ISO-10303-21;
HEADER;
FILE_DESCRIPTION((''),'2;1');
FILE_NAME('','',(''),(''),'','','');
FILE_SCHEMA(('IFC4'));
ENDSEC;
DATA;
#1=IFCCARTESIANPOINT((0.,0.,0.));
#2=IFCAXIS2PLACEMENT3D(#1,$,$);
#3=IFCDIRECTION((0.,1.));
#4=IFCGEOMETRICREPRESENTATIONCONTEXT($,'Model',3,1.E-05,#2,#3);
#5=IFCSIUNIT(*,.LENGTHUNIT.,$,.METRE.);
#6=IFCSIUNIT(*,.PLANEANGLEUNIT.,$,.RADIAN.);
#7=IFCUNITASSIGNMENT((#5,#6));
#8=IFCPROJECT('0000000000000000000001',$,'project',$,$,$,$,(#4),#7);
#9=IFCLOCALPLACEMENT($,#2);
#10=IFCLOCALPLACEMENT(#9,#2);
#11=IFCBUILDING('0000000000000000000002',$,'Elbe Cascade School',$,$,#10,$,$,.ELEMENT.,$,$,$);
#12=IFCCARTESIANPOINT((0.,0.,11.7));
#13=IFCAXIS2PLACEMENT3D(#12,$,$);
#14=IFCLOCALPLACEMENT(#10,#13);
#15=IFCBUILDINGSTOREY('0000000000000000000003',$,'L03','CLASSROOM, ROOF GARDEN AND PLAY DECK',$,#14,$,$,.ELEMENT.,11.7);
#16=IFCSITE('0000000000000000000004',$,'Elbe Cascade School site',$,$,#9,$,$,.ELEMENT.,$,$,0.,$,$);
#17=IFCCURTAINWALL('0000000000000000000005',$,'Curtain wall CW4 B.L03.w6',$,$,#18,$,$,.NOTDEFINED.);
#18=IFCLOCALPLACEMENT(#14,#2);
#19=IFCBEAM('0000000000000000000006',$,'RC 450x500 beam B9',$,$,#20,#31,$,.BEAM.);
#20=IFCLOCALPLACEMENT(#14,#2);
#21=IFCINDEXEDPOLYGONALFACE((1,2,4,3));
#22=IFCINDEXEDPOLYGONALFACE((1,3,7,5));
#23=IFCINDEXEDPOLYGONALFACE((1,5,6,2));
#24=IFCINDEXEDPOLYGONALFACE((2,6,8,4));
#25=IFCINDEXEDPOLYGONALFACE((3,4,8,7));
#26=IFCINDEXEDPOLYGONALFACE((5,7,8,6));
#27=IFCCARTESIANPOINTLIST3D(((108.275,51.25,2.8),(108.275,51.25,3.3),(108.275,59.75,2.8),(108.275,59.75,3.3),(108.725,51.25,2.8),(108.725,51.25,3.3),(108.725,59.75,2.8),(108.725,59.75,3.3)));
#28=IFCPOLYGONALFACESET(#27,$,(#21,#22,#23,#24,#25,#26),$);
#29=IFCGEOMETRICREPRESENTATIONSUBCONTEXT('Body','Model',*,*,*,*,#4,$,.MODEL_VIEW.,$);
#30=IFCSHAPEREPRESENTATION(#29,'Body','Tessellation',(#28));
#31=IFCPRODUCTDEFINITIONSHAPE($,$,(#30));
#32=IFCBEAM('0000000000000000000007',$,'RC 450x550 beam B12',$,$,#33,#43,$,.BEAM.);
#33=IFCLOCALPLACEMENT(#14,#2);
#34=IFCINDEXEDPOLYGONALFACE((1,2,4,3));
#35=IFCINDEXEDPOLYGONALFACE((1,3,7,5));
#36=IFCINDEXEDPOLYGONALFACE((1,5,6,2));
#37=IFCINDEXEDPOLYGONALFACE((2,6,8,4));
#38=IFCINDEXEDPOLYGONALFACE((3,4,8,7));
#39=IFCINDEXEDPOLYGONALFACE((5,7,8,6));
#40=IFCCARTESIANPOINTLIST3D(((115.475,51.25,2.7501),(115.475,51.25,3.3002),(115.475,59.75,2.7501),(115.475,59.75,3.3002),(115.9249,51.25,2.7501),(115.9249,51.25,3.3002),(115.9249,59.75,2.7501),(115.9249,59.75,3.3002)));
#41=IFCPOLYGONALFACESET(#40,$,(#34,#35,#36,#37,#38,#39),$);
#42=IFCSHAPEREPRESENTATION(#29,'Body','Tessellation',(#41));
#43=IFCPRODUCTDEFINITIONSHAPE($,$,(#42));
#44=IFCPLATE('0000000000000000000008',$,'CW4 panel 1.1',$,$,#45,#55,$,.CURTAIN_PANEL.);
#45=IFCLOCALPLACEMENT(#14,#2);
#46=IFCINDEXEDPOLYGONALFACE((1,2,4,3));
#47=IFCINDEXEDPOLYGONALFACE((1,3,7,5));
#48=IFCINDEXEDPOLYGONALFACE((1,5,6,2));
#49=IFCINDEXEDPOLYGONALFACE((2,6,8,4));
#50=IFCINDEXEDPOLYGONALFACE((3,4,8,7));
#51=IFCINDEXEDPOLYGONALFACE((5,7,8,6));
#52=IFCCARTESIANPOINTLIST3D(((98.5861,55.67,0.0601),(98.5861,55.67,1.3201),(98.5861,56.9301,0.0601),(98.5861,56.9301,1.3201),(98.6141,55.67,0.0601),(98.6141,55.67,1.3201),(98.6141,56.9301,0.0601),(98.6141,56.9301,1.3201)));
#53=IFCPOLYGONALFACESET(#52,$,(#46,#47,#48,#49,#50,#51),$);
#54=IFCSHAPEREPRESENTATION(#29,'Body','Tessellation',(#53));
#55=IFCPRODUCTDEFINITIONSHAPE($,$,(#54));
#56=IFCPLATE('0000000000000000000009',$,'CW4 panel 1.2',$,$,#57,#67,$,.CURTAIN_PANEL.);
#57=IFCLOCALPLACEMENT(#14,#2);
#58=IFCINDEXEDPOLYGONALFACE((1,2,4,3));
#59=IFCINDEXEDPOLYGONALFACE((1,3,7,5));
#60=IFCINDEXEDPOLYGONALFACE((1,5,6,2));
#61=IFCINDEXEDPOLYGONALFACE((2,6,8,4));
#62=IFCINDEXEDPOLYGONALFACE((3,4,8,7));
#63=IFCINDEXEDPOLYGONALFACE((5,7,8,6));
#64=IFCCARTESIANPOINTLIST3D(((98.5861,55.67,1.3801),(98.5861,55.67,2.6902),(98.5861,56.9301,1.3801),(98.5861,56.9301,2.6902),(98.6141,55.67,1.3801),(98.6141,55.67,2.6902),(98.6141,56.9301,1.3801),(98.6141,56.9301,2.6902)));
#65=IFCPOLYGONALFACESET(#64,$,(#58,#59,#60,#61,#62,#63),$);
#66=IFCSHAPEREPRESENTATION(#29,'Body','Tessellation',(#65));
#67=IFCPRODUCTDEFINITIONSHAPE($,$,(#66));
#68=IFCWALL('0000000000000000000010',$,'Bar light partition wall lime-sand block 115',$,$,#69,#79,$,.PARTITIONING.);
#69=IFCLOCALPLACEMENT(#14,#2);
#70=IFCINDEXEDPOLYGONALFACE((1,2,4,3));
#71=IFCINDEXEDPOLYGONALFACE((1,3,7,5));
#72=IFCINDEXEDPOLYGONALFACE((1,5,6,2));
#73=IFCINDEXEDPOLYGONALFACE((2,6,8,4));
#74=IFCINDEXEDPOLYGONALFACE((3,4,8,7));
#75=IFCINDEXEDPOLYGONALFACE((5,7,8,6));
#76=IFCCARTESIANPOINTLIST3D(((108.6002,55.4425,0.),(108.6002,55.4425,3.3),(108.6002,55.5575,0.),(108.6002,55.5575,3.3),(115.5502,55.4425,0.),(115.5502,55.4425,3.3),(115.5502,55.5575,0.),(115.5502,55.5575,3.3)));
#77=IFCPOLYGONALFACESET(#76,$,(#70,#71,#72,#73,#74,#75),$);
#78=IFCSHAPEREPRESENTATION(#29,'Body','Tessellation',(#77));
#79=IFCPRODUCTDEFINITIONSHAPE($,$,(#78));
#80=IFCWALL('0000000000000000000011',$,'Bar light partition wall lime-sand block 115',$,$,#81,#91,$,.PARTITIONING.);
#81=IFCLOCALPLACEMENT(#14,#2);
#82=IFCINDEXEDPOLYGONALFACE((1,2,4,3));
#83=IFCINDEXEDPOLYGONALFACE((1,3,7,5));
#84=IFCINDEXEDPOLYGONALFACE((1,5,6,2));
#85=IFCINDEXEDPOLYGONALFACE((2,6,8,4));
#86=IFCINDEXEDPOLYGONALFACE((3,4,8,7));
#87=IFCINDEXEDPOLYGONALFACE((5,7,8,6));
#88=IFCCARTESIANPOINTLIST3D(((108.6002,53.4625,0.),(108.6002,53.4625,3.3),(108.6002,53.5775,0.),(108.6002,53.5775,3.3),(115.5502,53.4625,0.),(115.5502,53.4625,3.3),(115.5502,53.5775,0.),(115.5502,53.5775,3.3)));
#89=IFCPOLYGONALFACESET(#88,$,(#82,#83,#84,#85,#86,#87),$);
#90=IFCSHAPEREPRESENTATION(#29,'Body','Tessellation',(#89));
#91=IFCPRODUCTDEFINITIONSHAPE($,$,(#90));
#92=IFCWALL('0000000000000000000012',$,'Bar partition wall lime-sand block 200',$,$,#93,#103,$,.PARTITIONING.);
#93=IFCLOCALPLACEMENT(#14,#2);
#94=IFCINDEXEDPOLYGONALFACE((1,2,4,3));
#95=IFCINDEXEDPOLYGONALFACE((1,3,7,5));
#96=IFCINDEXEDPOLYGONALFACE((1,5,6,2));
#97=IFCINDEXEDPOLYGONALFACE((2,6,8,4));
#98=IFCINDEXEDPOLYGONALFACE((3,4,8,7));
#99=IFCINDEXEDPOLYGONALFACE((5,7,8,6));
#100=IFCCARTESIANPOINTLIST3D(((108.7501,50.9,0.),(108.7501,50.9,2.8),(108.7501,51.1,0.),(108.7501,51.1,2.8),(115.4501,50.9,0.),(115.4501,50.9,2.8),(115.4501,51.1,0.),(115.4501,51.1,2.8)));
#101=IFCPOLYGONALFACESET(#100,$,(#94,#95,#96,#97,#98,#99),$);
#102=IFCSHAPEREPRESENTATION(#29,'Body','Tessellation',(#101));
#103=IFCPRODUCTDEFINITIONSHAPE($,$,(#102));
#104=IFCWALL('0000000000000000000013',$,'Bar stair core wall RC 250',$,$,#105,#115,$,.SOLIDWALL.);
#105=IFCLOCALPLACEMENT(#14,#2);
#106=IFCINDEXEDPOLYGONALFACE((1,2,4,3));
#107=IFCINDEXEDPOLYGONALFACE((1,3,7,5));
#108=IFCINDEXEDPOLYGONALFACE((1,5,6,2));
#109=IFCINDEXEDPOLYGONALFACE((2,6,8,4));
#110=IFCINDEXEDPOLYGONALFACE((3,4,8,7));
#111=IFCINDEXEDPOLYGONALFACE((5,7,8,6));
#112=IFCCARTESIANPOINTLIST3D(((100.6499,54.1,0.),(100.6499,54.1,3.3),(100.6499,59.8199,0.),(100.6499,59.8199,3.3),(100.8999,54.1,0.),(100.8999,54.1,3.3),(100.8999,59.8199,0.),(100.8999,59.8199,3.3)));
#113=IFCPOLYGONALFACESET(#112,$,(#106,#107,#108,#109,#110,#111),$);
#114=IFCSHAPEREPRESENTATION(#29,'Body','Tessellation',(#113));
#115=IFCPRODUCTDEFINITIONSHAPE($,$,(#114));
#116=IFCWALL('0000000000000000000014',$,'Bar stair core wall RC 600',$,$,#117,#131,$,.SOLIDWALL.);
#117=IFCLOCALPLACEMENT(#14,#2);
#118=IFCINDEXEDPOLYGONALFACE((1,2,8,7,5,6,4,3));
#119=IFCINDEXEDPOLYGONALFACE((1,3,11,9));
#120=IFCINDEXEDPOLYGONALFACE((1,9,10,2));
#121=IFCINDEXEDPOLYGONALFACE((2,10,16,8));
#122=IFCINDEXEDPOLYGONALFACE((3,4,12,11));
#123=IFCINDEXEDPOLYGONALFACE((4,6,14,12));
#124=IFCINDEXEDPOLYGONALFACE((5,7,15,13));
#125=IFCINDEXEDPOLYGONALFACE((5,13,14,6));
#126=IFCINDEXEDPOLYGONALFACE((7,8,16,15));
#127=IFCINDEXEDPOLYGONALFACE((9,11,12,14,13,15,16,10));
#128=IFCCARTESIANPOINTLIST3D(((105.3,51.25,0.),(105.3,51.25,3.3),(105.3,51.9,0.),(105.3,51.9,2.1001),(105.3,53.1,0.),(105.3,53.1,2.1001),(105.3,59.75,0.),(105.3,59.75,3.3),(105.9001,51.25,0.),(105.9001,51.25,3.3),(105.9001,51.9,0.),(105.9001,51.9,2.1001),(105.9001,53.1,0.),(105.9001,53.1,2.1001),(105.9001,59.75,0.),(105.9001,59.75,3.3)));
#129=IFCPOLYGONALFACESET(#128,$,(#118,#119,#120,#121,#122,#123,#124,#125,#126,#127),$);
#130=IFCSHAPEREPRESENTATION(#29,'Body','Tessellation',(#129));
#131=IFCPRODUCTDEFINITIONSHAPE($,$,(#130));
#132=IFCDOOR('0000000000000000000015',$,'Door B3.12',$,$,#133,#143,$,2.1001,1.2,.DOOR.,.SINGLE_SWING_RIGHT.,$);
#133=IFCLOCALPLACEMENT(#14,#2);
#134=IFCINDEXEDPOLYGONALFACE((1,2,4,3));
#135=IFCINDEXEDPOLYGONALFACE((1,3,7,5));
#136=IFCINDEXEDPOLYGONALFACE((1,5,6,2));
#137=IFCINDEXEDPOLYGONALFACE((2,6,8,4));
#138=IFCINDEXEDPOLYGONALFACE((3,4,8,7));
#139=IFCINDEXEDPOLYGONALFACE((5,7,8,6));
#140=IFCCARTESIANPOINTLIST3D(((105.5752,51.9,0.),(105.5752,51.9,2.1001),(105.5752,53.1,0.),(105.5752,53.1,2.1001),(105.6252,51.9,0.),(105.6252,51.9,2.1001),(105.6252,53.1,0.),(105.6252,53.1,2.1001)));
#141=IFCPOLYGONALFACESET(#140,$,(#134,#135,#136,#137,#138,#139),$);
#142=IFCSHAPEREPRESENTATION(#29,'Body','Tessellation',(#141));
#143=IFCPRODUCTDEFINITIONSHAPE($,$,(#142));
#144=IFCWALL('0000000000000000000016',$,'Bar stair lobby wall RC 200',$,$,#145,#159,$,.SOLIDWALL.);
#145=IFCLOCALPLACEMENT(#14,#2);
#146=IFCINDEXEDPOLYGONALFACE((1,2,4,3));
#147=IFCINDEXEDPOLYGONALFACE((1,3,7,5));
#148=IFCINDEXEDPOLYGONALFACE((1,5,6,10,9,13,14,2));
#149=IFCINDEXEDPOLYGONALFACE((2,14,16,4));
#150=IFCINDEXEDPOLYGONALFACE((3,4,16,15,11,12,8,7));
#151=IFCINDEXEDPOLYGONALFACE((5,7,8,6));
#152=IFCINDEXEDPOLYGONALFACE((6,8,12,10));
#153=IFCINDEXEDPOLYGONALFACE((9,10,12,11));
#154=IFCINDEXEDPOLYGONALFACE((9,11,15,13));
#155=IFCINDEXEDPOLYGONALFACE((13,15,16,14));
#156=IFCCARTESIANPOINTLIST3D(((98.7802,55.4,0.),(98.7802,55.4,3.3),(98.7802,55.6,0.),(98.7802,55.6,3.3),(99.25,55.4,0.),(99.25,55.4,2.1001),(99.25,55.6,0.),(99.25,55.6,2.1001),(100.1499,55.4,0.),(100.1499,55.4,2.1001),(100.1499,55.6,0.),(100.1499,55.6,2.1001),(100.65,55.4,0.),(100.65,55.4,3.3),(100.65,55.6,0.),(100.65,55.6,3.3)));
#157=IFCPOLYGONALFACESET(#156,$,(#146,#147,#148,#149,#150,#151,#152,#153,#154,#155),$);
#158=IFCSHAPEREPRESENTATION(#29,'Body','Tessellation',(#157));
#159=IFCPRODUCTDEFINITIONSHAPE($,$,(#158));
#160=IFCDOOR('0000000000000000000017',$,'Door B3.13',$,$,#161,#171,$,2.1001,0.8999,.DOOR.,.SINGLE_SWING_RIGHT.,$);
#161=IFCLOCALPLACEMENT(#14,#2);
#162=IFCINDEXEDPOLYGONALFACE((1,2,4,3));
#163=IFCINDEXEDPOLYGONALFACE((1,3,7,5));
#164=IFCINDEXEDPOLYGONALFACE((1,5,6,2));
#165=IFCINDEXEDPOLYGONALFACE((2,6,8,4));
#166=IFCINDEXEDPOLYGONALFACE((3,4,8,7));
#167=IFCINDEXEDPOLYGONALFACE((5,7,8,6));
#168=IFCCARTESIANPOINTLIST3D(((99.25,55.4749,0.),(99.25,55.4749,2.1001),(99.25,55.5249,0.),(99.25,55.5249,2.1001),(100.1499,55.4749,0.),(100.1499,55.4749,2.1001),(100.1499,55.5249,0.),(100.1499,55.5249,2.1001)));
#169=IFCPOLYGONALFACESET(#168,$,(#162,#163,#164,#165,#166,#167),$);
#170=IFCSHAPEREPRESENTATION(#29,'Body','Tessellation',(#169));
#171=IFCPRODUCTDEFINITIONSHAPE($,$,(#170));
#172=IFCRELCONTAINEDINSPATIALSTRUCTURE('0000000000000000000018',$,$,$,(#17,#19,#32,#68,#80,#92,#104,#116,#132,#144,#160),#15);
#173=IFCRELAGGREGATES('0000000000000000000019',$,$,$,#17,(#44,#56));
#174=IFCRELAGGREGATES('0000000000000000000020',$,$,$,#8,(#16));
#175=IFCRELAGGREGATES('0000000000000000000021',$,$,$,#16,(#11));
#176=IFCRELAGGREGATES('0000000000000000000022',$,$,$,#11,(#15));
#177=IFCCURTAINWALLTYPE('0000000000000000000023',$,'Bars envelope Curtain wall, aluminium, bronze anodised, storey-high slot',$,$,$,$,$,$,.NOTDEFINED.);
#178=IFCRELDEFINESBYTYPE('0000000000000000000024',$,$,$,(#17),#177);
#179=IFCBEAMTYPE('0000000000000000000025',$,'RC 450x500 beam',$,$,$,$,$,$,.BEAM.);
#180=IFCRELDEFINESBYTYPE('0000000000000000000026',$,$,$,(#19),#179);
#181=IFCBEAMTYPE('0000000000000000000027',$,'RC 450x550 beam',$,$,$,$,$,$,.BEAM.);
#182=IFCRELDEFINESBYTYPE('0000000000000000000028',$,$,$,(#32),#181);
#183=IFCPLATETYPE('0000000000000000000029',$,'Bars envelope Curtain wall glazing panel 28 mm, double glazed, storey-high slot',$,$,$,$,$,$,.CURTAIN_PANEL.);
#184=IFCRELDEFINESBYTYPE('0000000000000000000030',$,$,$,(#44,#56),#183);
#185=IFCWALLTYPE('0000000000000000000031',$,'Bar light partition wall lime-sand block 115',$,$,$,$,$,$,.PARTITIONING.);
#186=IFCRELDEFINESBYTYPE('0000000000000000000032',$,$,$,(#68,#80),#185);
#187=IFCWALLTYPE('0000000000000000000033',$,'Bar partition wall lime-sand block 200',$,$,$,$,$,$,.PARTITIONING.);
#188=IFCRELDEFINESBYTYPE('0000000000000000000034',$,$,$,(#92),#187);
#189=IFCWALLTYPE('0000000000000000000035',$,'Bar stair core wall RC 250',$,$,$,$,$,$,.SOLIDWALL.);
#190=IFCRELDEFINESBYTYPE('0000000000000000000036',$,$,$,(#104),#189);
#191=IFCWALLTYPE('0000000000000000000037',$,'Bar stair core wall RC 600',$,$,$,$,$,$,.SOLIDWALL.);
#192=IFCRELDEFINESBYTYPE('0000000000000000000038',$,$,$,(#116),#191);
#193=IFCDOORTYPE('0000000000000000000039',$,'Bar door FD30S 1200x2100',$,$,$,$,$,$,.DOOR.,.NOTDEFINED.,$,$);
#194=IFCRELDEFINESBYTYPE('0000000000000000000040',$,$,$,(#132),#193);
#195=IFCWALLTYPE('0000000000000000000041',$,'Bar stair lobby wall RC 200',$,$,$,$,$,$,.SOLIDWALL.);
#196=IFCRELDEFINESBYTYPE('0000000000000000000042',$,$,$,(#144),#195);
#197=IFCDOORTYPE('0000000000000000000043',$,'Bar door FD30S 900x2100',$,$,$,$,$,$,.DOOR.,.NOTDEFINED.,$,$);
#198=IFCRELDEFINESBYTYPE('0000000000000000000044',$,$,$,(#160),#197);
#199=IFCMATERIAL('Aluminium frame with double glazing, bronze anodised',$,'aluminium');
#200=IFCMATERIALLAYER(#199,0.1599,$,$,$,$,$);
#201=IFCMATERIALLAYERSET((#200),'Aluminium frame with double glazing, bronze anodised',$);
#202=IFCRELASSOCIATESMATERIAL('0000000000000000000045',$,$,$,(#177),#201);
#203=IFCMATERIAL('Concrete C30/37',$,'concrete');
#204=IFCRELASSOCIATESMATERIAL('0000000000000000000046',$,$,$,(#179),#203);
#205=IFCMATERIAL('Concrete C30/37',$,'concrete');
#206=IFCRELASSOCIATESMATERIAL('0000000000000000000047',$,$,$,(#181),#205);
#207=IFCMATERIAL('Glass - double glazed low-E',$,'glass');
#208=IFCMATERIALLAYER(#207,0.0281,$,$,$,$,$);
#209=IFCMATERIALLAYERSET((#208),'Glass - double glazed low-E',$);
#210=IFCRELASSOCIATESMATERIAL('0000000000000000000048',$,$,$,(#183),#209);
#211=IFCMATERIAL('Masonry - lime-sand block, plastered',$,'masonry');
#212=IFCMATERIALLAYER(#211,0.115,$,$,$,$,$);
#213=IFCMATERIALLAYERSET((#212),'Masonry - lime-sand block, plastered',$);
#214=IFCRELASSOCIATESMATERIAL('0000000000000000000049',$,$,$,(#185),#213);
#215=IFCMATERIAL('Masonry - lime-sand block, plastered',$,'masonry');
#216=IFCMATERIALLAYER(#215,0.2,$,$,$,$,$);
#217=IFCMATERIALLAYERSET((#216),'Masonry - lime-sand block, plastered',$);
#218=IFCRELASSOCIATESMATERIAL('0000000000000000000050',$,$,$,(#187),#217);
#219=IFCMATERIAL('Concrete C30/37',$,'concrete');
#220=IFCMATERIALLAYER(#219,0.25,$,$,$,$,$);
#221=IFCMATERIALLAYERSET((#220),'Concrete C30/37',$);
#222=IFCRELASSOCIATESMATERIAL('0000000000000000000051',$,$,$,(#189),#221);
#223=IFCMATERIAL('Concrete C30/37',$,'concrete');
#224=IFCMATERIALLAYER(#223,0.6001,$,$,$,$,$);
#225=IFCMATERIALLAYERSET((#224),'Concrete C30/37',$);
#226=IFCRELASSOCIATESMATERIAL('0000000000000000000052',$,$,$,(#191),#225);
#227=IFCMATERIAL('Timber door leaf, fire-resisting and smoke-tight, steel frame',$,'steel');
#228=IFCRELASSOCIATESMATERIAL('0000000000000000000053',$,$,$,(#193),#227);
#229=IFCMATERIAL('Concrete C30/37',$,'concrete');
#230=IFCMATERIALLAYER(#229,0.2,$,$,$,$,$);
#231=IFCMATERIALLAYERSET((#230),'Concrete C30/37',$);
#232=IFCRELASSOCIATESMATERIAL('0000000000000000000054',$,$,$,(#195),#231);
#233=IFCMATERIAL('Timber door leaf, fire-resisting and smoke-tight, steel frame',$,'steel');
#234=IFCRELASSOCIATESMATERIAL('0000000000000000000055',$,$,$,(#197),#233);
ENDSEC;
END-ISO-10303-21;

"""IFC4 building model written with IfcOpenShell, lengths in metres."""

from ifc_helpers import new_model, si_unit, direction, frame, frame_2d, origin, origin_2d, place, context, subcontext, project, spatial, rectangle, extrude, material, layer, layer_set, material_profile, profile_set, type_object, element, fill, aggregate, save


model = new_model("IFC4")

# Units and contexts
model_context = context("Model", 3, precision=1e-05, world=origin(), true_north=direction((0.0, 1.0)))
body_context = subcontext(model_context, "Body", "Model", "MODEL_VIEW")
ifc_project = project(units=[si_unit("LENGTHUNIT", "METRE"), si_unit("PLANEANGLEUNIT", "RADIAN")], contexts=[model_context])

# Site, building, storey
site_placement = place(None, origin())
site = spatial("IfcSite", under=ifc_project, at=site_placement, Name="Elbe Cascade School site", CompositionType="ELEMENT", RefElevation=0.0)
building_placement = place(site_placement, origin())
building = spatial("IfcBuilding", under=site, at=building_placement, Name="Elbe Cascade School", CompositionType="ELEMENT")
storey_placement = place(building_placement, frame((0.0, 0.0, 11.7)))
storey = spatial("IfcBuildingStorey", under=building, at=storey_placement, Name="L03", Description="CLASSROOM, ROOF GARDEN AND PLAY DECK", CompositionType="ELEMENT", Elevation=11.7)

# Curtain wall
ifc_material_1 = material(Name="Aluminium frame with double glazing, bronze anodised", Category="aluminium")
ifc_layer_1 = layer(ifc_material_1, 0.1599)
ifc_layer_set_1 = layer_set([ifc_layer_1], Name="Aluminium frame with double glazing, bronze anodised")
curtain_wall_type = type_object("IfcCurtainWallType", Name="Bars envelope Curtain wall, aluminium, bronze anodised, storey-high slot", PredefinedType="NOTDEFINED", material=ifc_layer_set_1)
curtain_wall_placement = place(storey_placement, origin())
curtain_wall = element("IfcCurtainWall", 1, at=curtain_wall_placement, inside=storey, type_object=curtain_wall_type, Name="Curtain wall CW4 B.L03.w6", PredefinedType="NOTDEFINED")

# Beams
ifc_material_2 = material(Name="Concrete C30/37", Category="concrete")
ifc_material_profile_1 = material_profile(ifc_material_2, rectangle(XDim=0.45, YDim=0.5, at=origin_2d()), Name="RC 450x500")
ifc_profile_set_1 = profile_set([ifc_material_profile_1], Name="Concrete C30/37")
beam_type_1 = type_object("IfcBeamType", Name="RC 450x500 beam", PredefinedType="BEAM", material=ifc_profile_set_1)
for number, where, z_axis, x_axis, name in (
    (2, (108.5, 51.25, 3.05), (0.0, 1.0, 0.0), (-1.0, 0.0, 0.0), "RC 450x500 beam B9"),
):
    element("IfcBeam", number, at=place(storey_placement, frame(where, z_axis=z_axis, x_axis=x_axis)), inside=storey, type_object=beam_type_1, Name=name, PredefinedType="BEAM", context=body_context, shape_type="SweptSolid", body=[
        extrude(rectangle(XDim=0.45, YDim=0.5, at=origin_2d()), origin(), (0.0, 0.0, 1.0), 8.5),
    ])
ifc_material_3 = material(Name="Concrete C30/37", Category="concrete")
ifc_material_profile_2 = material_profile(ifc_material_3, rectangle(XDim=0.45, YDim=0.55, at=origin_2d()), Name="RC 450x550")
ifc_profile_set_2 = profile_set([ifc_material_profile_2], Name="Concrete C30/37")
beam_type_2 = type_object("IfcBeamType", Name="RC 450x550 beam", PredefinedType="BEAM", material=ifc_profile_set_2)
beam_1_placement = place(storey_placement, frame((115.7, 51.25, 3.0251), z_axis=(0.0, 1.0, 0.0), x_axis=(-1.0, 0.0, 0.0)))
element("IfcBeam", 3, at=beam_1_placement, inside=storey, type_object=beam_type_2, Name="RC 450x550 beam B12", PredefinedType="BEAM", context=body_context, shape_type="SweptSolid", body=[
    extrude(rectangle(XDim=0.45, YDim=0.55, at=origin_2d()), origin(), (0.0, 0.0, 1.0), 8.5),
])

# Plates
ifc_material_4 = material(Name="Glass - double glazed low-E", Category="glass")
ifc_layer_2 = layer(ifc_material_4, 0.0281)
ifc_layer_set_2 = layer_set([ifc_layer_2], Name="Glass - double glazed low-E")
plate_type = type_object("IfcPlateType", Name="Bars envelope Curtain wall glazing panel 28 mm, double glazed, storey-high slot", PredefinedType="CURTAIN_PANEL", material=ifc_layer_set_2)
plate_1_placement = place(storey_placement, frame((98.6001, 56.3, 0.0601), z_axis=(0.0, 0.0, 1.0), x_axis=(0.0, 1.0, 0.0)))
plate_1 = element("IfcPlate", 4, at=plate_1_placement, type_object=plate_type, Name="CW4 panel 1.1", PredefinedType="CURTAIN_PANEL", context=body_context, shape_type="SweptSolid", body=[
    extrude(rectangle(XDim=1.26, YDim=0.0281, at=origin_2d()), origin(), (0.0, 0.0, 1.0), 1.26),
])
plate_2_placement = place(storey_placement, frame((98.6001, 56.3, 1.3801), z_axis=(0.0, 0.0, 1.0), x_axis=(0.0, 1.0, 0.0)))
plate_2 = element("IfcPlate", 5, at=plate_2_placement, type_object=plate_type, Name="CW4 panel 1.2", PredefinedType="CURTAIN_PANEL", context=body_context, shape_type="SweptSolid", body=[
    extrude(rectangle(XDim=1.26, YDim=0.0281, at=origin_2d()), origin(), (0.0, 0.0, 1.0), 1.3101),
])
aggregate(curtain_wall, [plate_1, plate_2])

# Walls
ifc_material_5 = material(Name="Masonry - lime-sand block, plastered", Category="masonry")
ifc_layer_3 = layer(ifc_material_5, 0.115)
ifc_layer_set_3 = layer_set([ifc_layer_3], Name="Masonry - lime-sand block, plastered")
wall_type_1 = type_object("IfcWallType", Name="Bar light partition wall lime-sand block 115", PredefinedType="PARTITIONING", material=ifc_layer_set_3)
for number, where, z_axis, x_axis, name in (
    (6, (108.6001, 55.5, 0.0), (0.0, 0.0, 1.0), (1.0, 0.0, 0.0), "Bar light partition wall lime-sand block 115"),
    (7, (108.6001, 53.52, 0.0), (0.0, 0.0, 1.0), (1.0, 0.0, 0.0), "Bar light partition wall lime-sand block 115"),
):
    element("IfcWall", number, at=place(storey_placement, frame(where, z_axis=z_axis, x_axis=x_axis)), inside=storey, type_object=wall_type_1, Name=name, PredefinedType="PARTITIONING", context=body_context, shape_type="SweptSolid", body=[
        extrude(rectangle(XDim=6.95, YDim=0.115, at=frame_2d((3.4751, 0.0))), origin(), (0.0, 0.0, 1.0), 3.3),
    ])
ifc_material_6 = material(Name="Masonry - lime-sand block, plastered", Category="masonry")
ifc_layer_4 = layer(ifc_material_6, 0.2)
ifc_layer_set_4 = layer_set([ifc_layer_4], Name="Masonry - lime-sand block, plastered")
wall_type_2 = type_object("IfcWallType", Name="Bar partition wall lime-sand block 200", PredefinedType="PARTITIONING", material=ifc_layer_set_4)
wall_1_placement = place(storey_placement, frame((108.75, 51.0, 0.0), z_axis=(0.0, 0.0, 1.0), x_axis=(1.0, 0.0, 0.0)))
element("IfcWall", 8, at=wall_1_placement, inside=storey, type_object=wall_type_2, Name="Bar partition wall lime-sand block 200", PredefinedType="PARTITIONING", context=body_context, shape_type="SweptSolid", body=[
    extrude(rectangle(XDim=6.7, YDim=0.2, at=frame_2d((3.3501, 0.0))), origin(), (0.0, 0.0, 1.0), 2.8),
])
ifc_material_7 = material(Name="Concrete C30/37", Category="concrete")
ifc_layer_5 = layer(ifc_material_7, 0.25)
ifc_layer_set_5 = layer_set([ifc_layer_5], Name="Concrete C30/37")
wall_type_3 = type_object("IfcWallType", Name="Bar stair core wall RC 250", PredefinedType="SOLIDWALL", material=ifc_layer_set_5)
wall_2_placement = place(storey_placement, frame((100.7749, 54.1001, 0.0), z_axis=(0.0, 0.0, 1.0), x_axis=(0.0, 1.0, 0.0)))
element("IfcWall", 9, at=wall_2_placement, inside=storey, type_object=wall_type_3, Name="Bar stair core wall RC 250", PredefinedType="SOLIDWALL", context=body_context, shape_type="SweptSolid", body=[
    extrude(rectangle(XDim=5.72, YDim=0.25, at=frame_2d((2.8599, 0.0))), origin(), (0.0, 0.0, 1.0), 3.3),
])

# Walls, openings, doors
ifc_material_8 = material(Name="Concrete C30/37", Category="concrete")
ifc_layer_6 = layer(ifc_material_8, 0.6001)
ifc_layer_set_6 = layer_set([ifc_layer_6], Name="Concrete C30/37")
wall_type_4 = type_object("IfcWallType", Name="Bar stair core wall RC 600", PredefinedType="SOLIDWALL", material=ifc_layer_set_6)
wall_3_placement = place(storey_placement, frame((105.6001, 51.25, 0.0), z_axis=(0.0, 0.0, 1.0), x_axis=(0.0, 1.0, 0.0)))
wall_3 = element("IfcWall", 10, at=wall_3_placement, inside=storey, type_object=wall_type_4, Name="Bar stair core wall RC 600", PredefinedType="SOLIDWALL", context=body_context, shape_type="SweptSolid", body=[
    extrude(rectangle(XDim=8.5, YDim=0.6001, at=frame_2d((4.25, 0.0))), origin(), (0.0, 0.0, 1.0), 3.3),
])
opening_1_placement = place(wall_3_placement, frame((0.6499, 0.0, 0.0)))
opening_1 = element("IfcOpeningElement", 11, at=opening_1_placement, cuts=wall_3, PredefinedType="OPENING", context=body_context, shape_type="SweptSolid", body=[
    extrude(rectangle(XDim=1.2, YDim=2.1001, at=frame_2d((0.6001, 1.05))), frame((0.0, 0.3101, 0.0), z_axis=(0.0, -1.0, 0.0), x_axis=(1.0, 0.0, 0.0)), (0.0, 0.0, 1.0), 0.6201),
])
ifc_material_9 = material(Name="Timber door leaf, fire-resisting and smoke-tight, steel frame", Category="steel")
door_type_1 = type_object("IfcDoorType", Name="Bar door FD30S 1200x2100", OperationType="NOTDEFINED", PredefinedType="DOOR", material=ifc_material_9)
door_1_placement = place(opening_1_placement, origin())
door_1 = element("IfcDoor", 12, at=door_1_placement, inside=storey, type_object=door_type_1, Name="Door B3.12", OperationType="SINGLE_SWING_RIGHT", OverallHeight=2.1001, OverallWidth=1.2, PredefinedType="DOOR", context=body_context, shape_type="SweptSolid", body=[
    extrude(rectangle(XDim=1.2, YDim=2.1001, at=frame_2d((0.6001, 1.05))), frame((0.0, 0.0249, 0.0), z_axis=(0.0, -1.0, 0.0), x_axis=(1.0, 0.0, 0.0)), (0.0, 0.0, 1.0), 0.05),
])
fill(opening_1, door_1)
ifc_material_10 = material(Name="Concrete C30/37", Category="concrete")
ifc_layer_7 = layer(ifc_material_10, 0.2)
ifc_layer_set_7 = layer_set([ifc_layer_7], Name="Concrete C30/37")
wall_type_5 = type_object("IfcWallType", Name="Bar stair lobby wall RC 200", PredefinedType="SOLIDWALL", material=ifc_layer_set_7)
wall_4_placement = place(storey_placement, frame((98.78, 55.5, 0.0), z_axis=(0.0, 0.0, 1.0), x_axis=(1.0, 0.0, 0.0)))
wall_4 = element("IfcWall", 13, at=wall_4_placement, inside=storey, type_object=wall_type_5, Name="Bar stair lobby wall RC 200", PredefinedType="SOLIDWALL", context=body_context, shape_type="SweptSolid", body=[
    extrude(rectangle(XDim=1.8699, YDim=0.2, at=frame_2d((0.9351, 0.0))), origin(), (0.0, 0.0, 1.0), 3.3),
])
opening_2_placement = place(wall_4_placement, frame((0.47, 0.0, 0.0)))
opening_2 = element("IfcOpeningElement", 14, at=opening_2_placement, cuts=wall_4, PredefinedType="OPENING", context=body_context, shape_type="SweptSolid", body=[
    extrude(rectangle(XDim=0.8999, YDim=2.1001, at=frame_2d((0.45, 1.05))), frame((0.0, 0.1099, 0.0), z_axis=(0.0, -1.0, 0.0), x_axis=(1.0, 0.0, 0.0)), (0.0, 0.0, 1.0), 0.22),
])
ifc_material_11 = material(Name="Timber door leaf, fire-resisting and smoke-tight, steel frame", Category="steel")
door_type_2 = type_object("IfcDoorType", Name="Bar door FD30S 900x2100", OperationType="NOTDEFINED", PredefinedType="DOOR", material=ifc_material_11)
door_2_placement = place(opening_2_placement, origin())
door_2 = element("IfcDoor", 15, at=door_2_placement, inside=storey, type_object=door_type_2, Name="Door B3.13", OperationType="SINGLE_SWING_RIGHT", OverallHeight=2.1001, OverallWidth=0.8999, PredefinedType="DOOR", context=body_context, shape_type="SweptSolid", body=[
    extrude(rectangle(XDim=0.8999, YDim=2.1001, at=frame_2d((0.45, 1.05))), frame((0.0, 0.0249, 0.0), z_axis=(0.0, -1.0, 0.0), x_axis=(1.0, 0.0, 0.0)), (0.0, 0.0, 1.0), 0.05),
])
fill(opening_2, door_2)

save(model, "model.ifc")
